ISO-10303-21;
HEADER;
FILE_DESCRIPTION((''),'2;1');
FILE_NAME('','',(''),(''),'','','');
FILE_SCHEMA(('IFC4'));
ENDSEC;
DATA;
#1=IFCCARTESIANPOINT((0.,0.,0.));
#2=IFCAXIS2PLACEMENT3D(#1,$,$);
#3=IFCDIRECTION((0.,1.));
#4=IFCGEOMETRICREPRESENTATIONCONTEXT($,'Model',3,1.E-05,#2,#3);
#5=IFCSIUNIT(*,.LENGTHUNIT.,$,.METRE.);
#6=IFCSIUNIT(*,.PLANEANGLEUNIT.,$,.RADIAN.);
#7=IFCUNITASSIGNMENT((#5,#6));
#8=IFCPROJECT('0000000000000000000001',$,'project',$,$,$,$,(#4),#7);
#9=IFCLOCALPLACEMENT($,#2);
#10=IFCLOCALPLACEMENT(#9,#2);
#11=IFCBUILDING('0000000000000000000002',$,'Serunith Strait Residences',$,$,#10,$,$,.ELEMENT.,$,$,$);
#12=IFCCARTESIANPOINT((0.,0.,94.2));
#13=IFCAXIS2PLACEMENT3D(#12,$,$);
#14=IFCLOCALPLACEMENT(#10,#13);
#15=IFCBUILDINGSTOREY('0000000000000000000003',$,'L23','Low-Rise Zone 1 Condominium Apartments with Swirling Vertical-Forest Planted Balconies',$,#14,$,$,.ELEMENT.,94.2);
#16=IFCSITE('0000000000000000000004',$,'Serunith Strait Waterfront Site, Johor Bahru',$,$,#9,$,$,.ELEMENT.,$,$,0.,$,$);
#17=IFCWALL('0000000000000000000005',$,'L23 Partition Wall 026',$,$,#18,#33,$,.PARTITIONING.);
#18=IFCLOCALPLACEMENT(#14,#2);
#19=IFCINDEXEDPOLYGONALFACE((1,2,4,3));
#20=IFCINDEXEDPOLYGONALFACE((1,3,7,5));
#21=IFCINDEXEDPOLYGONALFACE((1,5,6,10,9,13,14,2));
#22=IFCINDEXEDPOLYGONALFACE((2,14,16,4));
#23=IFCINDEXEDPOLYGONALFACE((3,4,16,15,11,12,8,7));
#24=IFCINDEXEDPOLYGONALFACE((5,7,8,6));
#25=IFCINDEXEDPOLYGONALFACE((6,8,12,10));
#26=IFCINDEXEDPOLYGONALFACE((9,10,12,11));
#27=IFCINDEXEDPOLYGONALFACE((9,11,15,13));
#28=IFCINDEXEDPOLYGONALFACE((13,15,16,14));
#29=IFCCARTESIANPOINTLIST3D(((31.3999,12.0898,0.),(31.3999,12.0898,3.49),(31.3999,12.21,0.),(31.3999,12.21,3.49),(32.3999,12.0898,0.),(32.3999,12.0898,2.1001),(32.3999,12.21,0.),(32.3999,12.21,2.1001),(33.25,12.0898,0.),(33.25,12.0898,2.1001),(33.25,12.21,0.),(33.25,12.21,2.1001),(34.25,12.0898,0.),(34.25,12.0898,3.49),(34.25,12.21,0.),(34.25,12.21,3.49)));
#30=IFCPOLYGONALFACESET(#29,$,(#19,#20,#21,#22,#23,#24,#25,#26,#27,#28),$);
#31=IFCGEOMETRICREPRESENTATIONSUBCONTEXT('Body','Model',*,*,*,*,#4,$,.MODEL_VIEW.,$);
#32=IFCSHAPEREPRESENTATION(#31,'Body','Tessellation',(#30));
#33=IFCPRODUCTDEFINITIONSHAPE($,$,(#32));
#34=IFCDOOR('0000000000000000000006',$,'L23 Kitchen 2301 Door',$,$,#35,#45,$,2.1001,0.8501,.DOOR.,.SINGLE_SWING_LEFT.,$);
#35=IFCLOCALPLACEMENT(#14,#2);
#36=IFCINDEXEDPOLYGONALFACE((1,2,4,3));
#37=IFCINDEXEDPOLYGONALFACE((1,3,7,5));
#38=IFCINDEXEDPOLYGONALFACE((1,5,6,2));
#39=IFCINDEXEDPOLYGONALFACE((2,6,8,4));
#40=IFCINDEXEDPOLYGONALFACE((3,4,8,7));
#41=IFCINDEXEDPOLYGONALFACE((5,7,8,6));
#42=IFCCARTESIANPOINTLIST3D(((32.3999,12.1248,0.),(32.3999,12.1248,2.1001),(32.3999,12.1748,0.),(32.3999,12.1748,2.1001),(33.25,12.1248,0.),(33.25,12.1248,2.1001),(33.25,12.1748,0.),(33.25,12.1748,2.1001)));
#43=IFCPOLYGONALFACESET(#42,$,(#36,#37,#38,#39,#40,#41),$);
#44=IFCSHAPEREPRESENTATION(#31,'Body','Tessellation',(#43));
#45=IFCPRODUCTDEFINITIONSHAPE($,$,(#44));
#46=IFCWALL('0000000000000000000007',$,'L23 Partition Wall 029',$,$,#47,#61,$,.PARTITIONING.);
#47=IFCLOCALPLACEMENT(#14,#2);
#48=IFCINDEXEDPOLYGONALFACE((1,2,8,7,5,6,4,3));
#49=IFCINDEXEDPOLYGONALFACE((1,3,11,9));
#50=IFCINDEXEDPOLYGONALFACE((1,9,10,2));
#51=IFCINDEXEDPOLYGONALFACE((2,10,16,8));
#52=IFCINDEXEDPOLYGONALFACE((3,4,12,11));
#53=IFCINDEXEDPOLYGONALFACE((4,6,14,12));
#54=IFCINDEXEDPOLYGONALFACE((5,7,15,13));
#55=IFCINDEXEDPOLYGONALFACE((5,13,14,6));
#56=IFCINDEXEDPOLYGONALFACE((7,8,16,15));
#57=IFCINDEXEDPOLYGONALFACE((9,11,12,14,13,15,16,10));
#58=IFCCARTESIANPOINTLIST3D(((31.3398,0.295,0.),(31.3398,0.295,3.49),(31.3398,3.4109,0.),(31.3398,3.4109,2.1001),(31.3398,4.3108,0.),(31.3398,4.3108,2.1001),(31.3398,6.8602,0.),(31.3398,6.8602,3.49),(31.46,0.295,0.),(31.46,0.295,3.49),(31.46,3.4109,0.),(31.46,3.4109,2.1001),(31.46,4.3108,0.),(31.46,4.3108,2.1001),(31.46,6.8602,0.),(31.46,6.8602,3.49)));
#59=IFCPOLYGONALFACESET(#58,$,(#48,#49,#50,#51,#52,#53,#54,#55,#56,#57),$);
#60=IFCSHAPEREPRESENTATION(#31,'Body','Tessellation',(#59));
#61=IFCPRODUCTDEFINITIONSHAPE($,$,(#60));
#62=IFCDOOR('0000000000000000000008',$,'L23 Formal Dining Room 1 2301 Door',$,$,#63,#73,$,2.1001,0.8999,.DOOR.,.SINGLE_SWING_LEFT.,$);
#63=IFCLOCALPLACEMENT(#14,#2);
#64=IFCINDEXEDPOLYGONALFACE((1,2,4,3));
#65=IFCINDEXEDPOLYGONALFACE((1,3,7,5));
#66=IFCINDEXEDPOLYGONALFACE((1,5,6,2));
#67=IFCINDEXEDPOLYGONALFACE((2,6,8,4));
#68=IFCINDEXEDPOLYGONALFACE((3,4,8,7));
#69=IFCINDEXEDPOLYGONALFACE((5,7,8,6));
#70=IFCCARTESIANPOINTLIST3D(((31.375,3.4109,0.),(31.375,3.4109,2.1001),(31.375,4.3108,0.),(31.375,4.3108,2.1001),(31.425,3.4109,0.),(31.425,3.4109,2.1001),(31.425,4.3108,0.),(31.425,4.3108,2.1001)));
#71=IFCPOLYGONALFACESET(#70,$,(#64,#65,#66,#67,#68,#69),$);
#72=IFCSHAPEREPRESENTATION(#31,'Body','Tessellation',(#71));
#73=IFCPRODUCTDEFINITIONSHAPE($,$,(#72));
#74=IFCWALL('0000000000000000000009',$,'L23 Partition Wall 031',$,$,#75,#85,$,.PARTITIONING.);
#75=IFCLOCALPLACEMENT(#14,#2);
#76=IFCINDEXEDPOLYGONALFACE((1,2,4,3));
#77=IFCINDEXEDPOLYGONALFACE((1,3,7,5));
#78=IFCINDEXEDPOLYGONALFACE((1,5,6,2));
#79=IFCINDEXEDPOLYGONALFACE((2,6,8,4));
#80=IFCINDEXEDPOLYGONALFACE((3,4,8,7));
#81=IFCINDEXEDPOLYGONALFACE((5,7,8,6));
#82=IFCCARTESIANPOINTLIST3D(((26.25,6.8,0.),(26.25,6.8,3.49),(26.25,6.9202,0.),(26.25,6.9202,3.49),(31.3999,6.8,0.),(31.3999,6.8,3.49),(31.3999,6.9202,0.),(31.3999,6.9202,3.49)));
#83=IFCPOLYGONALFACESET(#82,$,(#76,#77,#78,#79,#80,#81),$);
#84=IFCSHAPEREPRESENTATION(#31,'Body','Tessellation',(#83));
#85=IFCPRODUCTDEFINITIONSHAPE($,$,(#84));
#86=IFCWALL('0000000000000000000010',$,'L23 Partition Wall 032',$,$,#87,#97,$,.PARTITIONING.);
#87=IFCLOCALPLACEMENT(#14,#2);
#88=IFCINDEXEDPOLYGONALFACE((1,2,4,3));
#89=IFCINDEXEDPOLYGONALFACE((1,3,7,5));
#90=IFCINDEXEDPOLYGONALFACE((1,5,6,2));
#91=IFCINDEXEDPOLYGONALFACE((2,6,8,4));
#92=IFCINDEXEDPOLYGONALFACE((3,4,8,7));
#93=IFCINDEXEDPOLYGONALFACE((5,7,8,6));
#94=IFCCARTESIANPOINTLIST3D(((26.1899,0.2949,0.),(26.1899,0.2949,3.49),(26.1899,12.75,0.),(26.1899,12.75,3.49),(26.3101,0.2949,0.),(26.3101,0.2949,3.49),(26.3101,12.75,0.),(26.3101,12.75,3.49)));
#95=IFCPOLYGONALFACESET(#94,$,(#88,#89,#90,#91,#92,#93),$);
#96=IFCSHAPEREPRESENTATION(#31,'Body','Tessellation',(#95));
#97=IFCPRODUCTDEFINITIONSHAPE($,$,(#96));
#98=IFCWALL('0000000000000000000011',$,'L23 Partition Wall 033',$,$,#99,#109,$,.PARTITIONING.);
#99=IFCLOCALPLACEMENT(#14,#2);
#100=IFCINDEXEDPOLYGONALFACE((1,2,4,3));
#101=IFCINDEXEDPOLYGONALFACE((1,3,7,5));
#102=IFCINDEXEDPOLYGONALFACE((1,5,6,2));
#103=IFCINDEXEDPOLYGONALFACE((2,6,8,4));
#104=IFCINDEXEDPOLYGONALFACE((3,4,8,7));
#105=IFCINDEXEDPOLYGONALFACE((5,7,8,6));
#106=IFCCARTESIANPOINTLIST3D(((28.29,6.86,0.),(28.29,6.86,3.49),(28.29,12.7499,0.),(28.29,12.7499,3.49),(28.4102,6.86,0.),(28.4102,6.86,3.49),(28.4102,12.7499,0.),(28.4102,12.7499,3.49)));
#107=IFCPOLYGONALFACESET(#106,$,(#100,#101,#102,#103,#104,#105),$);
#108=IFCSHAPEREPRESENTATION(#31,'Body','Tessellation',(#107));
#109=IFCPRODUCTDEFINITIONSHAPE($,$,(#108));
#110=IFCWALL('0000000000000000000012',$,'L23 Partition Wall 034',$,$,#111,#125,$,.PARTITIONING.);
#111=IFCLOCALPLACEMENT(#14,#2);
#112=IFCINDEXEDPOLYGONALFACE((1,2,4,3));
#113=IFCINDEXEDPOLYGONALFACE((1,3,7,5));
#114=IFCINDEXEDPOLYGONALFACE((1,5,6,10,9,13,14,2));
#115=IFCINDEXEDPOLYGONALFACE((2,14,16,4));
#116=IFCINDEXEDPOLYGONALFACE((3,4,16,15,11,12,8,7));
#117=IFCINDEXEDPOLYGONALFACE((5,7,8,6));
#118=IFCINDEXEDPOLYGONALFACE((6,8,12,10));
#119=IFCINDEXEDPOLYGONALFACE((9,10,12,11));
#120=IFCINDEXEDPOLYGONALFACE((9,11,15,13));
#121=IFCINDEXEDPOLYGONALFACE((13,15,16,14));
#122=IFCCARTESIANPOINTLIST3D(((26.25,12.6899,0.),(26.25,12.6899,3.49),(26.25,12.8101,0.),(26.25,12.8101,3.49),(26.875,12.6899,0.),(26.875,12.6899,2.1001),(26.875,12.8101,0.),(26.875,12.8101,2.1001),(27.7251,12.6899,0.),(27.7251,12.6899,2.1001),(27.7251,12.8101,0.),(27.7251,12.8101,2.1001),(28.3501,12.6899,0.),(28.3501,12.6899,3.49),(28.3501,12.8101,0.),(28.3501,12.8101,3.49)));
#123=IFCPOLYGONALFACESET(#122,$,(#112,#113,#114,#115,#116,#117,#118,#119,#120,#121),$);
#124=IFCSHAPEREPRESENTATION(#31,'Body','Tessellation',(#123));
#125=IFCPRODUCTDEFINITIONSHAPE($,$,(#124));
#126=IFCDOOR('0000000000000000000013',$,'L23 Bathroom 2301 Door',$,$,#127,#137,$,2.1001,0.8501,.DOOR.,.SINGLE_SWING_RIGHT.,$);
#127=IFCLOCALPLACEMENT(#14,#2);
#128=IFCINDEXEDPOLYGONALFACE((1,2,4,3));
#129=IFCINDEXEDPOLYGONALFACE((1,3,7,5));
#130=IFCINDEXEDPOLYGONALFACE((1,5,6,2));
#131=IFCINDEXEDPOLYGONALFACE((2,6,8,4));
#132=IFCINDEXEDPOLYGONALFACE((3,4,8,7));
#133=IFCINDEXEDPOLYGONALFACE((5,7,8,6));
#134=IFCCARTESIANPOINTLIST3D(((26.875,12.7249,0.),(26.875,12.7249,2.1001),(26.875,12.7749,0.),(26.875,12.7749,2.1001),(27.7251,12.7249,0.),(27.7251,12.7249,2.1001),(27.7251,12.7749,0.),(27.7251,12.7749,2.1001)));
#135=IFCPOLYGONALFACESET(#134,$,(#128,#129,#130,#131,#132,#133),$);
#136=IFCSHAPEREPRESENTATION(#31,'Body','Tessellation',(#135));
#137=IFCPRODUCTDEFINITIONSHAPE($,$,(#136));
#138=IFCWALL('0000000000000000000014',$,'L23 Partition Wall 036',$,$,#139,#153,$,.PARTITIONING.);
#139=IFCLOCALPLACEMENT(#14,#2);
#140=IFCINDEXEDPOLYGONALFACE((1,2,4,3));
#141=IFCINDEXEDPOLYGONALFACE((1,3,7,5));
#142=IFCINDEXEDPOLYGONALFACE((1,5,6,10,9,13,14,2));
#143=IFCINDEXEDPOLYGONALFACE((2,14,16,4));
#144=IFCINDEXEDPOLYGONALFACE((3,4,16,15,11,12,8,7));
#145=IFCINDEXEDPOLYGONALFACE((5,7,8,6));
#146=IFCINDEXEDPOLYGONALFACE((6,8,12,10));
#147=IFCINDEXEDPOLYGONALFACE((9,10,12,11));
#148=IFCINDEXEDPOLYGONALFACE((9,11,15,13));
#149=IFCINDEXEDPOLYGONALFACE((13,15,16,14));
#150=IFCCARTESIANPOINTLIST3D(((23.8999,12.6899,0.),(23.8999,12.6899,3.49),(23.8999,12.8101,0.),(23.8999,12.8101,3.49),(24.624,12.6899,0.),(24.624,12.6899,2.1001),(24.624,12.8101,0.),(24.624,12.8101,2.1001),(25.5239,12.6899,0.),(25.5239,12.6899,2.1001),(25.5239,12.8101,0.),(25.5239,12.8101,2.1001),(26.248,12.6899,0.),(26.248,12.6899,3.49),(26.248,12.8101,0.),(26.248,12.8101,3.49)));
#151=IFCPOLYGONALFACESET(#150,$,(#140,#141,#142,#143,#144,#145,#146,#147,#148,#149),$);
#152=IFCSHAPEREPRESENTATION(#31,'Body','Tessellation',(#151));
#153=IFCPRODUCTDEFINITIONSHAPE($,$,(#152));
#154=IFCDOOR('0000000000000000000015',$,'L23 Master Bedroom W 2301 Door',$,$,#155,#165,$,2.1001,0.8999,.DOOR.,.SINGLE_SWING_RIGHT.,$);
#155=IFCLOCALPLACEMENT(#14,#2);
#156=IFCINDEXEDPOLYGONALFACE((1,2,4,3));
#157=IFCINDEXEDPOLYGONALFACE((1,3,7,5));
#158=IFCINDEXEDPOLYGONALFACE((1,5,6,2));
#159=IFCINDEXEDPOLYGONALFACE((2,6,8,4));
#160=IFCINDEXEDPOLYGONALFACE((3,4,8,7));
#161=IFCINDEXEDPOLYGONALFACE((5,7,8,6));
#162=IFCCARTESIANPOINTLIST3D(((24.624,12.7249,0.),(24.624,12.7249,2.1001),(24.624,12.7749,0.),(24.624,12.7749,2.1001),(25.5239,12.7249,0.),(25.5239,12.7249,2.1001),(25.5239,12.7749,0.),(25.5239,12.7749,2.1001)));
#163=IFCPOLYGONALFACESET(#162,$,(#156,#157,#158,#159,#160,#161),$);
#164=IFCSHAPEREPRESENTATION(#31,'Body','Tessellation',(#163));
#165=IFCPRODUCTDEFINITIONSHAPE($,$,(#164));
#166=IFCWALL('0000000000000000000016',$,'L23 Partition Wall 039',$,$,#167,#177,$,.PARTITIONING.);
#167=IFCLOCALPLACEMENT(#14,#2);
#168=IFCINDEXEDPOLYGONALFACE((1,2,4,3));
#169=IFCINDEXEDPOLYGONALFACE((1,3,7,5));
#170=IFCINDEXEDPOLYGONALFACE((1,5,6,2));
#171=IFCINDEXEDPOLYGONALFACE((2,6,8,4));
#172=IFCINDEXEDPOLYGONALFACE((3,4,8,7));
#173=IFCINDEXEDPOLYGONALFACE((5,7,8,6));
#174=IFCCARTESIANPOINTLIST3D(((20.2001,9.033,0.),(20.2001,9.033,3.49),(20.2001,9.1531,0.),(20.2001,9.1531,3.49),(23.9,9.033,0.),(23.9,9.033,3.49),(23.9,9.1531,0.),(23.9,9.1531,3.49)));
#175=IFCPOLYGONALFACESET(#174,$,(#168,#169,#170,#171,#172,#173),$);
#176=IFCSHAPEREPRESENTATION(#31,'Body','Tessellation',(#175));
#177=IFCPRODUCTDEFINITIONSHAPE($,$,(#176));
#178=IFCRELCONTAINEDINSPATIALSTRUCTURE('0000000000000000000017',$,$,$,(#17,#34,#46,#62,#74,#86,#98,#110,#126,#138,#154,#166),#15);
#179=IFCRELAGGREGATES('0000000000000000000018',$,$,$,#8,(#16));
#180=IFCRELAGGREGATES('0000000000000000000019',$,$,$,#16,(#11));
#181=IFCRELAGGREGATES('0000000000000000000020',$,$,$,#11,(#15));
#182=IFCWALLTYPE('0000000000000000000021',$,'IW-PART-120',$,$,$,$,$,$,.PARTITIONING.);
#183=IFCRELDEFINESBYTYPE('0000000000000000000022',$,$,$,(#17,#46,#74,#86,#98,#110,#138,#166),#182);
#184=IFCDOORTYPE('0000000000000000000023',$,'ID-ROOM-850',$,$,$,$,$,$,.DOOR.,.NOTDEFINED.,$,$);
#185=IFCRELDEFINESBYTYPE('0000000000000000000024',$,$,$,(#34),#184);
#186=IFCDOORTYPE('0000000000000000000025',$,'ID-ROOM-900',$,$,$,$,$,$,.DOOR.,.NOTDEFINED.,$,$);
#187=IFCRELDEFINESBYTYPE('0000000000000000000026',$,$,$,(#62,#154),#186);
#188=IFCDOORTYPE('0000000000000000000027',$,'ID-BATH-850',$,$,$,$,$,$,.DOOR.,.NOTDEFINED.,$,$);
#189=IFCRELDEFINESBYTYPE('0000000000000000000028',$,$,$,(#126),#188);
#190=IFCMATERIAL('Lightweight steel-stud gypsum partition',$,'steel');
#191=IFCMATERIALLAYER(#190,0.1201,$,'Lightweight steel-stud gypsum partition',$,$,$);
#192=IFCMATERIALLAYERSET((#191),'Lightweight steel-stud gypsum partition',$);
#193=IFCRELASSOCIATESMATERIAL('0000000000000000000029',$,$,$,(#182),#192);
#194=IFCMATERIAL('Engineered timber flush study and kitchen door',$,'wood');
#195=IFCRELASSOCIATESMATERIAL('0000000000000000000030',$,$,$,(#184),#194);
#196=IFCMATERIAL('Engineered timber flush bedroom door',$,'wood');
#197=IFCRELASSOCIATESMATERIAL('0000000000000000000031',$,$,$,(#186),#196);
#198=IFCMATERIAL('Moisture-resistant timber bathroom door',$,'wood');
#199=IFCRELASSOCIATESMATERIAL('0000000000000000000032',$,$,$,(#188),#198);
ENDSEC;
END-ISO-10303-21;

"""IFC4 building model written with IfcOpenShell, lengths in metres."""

from ifc_helpers import new_model, si_unit, direction, frame, frame_2d, origin, place, context, subcontext, project, spatial, rectangle, extrude, source, transform, mapped, material, layer, layer_set, type_object, element, fill, save


model = new_model("IFC4")

# Units and contexts
model_context = context("Model", 3, precision=1e-05, world=origin(), true_north=direction((0.0, 1.0)))
body_context = subcontext(model_context, "Body", "Model", "MODEL_VIEW")
ifc_project = project(units=[si_unit("LENGTHUNIT", "METRE"), si_unit("PLANEANGLEUNIT", "RADIAN")], contexts=[model_context])

# Site, building, storey
site_placement = place(None, origin())
site = spatial("IfcSite", under=ifc_project, at=site_placement, Name="Serunith Strait Waterfront Site, Johor Bahru", CompositionType="ELEMENT", RefElevation=0.0)
building_placement = place(site_placement, origin())
building = spatial("IfcBuilding", under=site, at=building_placement, Name="Serunith Strait Residences", CompositionType="ELEMENT")
storey_placement = place(building_placement, frame((0.0, 0.0, 94.2)))
storey = spatial("IfcBuildingStorey", under=building, at=storey_placement, Name="L23", Description="Low-Rise Zone 1 Condominium Apartments with Swirling Vertical-Forest Planted Balconies", CompositionType="ELEMENT", Elevation=94.2)

# Walls, openings, doors
ifc_material_1 = material(Name="Lightweight steel-stud gypsum partition", Category="steel")
ifc_layer_1 = layer(ifc_material_1, 0.1201, Name="Lightweight steel-stud gypsum partition")
ifc_layer_set_1 = layer_set([ifc_layer_1], Name="Lightweight steel-stud gypsum partition")
wall_type = type_object("IfcWallType", Name="IW-PART-120", PredefinedType="PARTITIONING", material=ifc_layer_set_1)
wall_1_placement = place(storey_placement, frame((31.3999, 12.1499, 0.0), z_axis=(0.0, 0.0, 1.0), x_axis=(1.0, 0.0, 0.0)))
wall_1 = element("IfcWall", 1, at=wall_1_placement, inside=storey, type_object=wall_type, Name="L23 Partition Wall 026", PredefinedType="PARTITIONING", context=body_context, shape_type="SweptSolid", body=[
    extrude(rectangle(XDim=2.8501, YDim=0.1201, at=frame_2d((1.425, 0.0))), origin(), (0.0, 0.0, 1.0), 3.49),
])
opening_1_placement = place(wall_1_placement, frame((1.0, 0.0, 0.0)))
opening_1 = element("IfcOpeningElement", 2, at=opening_1_placement, cuts=wall_1, PredefinedType="OPENING", context=body_context, shape_type="SweptSolid", body=[
    extrude(rectangle(XDim=0.8501, YDim=2.1001, at=frame_2d((0.425, 1.05))), frame((0.0, 0.0701, 0.0), z_axis=(0.0, -1.0, 0.0), x_axis=(1.0, 0.0, 0.0)), (0.0, 0.0, 1.0), 0.1401),
])
ifc_material_2 = material(Name="Engineered timber flush study and kitchen door", Category="wood")
door_type_1 = type_object("IfcDoorType", Name="ID-ROOM-850", OperationType="NOTDEFINED", PredefinedType="DOOR", material=ifc_material_2)
shared_shape_1 = source(origin(), body_context, "Body", "SweptSolid", [
    extrude(rectangle(XDim=0.8501, YDim=2.1001, at=frame_2d((0.425, 1.05))), frame((0.0, 0.0249, 0.0), z_axis=(0.0, -1.0, 0.0), x_axis=(1.0, 0.0, 0.0)), (0.0, 0.0, 1.0), 0.05),
])
door_1_placement = place(opening_1_placement, origin())
door_1 = element("IfcDoor", 3, at=door_1_placement, inside=storey, type_object=door_type_1, Name="L23 Kitchen 2301 Door", OperationType="SINGLE_SWING_LEFT", OverallHeight=2.1001, OverallWidth=0.8501, PredefinedType="DOOR", context=body_context, shape_type="MappedRepresentation", body=[
    mapped(shared_shape_1, transform((0.0, 0.0, 0.0), scale=1.0)),
])
fill(opening_1, door_1)
wall_2_placement = place(storey_placement, frame((31.3999, 0.2949, 0.0), z_axis=(0.0, 0.0, 1.0), x_axis=(0.0, 1.0, 0.0)))
wall_2 = element("IfcWall", 4, at=wall_2_placement, inside=storey, type_object=wall_type, Name="L23 Partition Wall 029", PredefinedType="PARTITIONING", context=body_context, shape_type="SweptSolid", body=[
    extrude(rectangle(XDim=6.5652, YDim=0.1201, at=frame_2d((3.2827, 0.0))), origin(), (0.0, 0.0, 1.0), 3.49),
])
opening_2_placement = place(wall_2_placement, frame((3.116, 0.0, 0.0)))
opening_2 = element("IfcOpeningElement", 5, at=opening_2_placement, cuts=wall_2, PredefinedType="OPENING", context=body_context, shape_type="SweptSolid", body=[
    extrude(rectangle(XDim=0.8999, YDim=2.1001, at=frame_2d((0.45, 1.05))), frame((0.0, 0.0701, 0.0), z_axis=(0.0, -1.0, 0.0), x_axis=(1.0, 0.0, 0.0)), (0.0, 0.0, 1.0), 0.1401),
])
ifc_material_3 = material(Name="Engineered timber flush bedroom door", Category="wood")
door_type_2 = type_object("IfcDoorType", Name="ID-ROOM-900", OperationType="NOTDEFINED", PredefinedType="DOOR", material=ifc_material_3)
shared_shape_2 = source(origin(), body_context, "Body", "SweptSolid", [
    extrude(rectangle(XDim=0.8999, YDim=2.1001, at=frame_2d((0.45, 1.05))), frame((0.0, 0.0249, 0.0), z_axis=(0.0, -1.0, 0.0), x_axis=(1.0, 0.0, 0.0)), (0.0, 0.0, 1.0), 0.05),
])
door_2_placement = place(opening_2_placement, origin())
door_2 = element("IfcDoor", 6, at=door_2_placement, inside=storey, type_object=door_type_2, Name="L23 Formal Dining Room 1 2301 Door", OperationType="SINGLE_SWING_LEFT", OverallHeight=2.1001, OverallWidth=0.8999, PredefinedType="DOOR", context=body_context, shape_type="MappedRepresentation", body=[
    mapped(shared_shape_2, transform((0.0, 0.0, 0.0), scale=1.0)),
])
fill(opening_2, door_2)

# Walls
wall_3_placement = place(storey_placement, frame((26.25, 6.8601, 0.0), z_axis=(0.0, 0.0, 1.0), x_axis=(1.0, 0.0, 0.0)))
element("IfcWall", 7, at=wall_3_placement, inside=storey, type_object=wall_type, Name="L23 Partition Wall 031", PredefinedType="PARTITIONING", context=body_context, shape_type="SweptSolid", body=[
    extrude(rectangle(XDim=5.1499, YDim=0.1201, at=frame_2d((2.575, 0.0))), origin(), (0.0, 0.0, 1.0), 3.49),
])
wall_4_placement = place(storey_placement, frame((26.25, 0.2949, 0.0), z_axis=(0.0, 0.0, 1.0), x_axis=(0.0, 1.0, 0.0)))
element("IfcWall", 8, at=wall_4_placement, inside=storey, type_object=wall_type, Name="L23 Partition Wall 032", PredefinedType="PARTITIONING", context=body_context, shape_type="SweptSolid", body=[
    extrude(rectangle(XDim=12.4551, YDim=0.1201, at=frame_2d((6.2275, 0.0))), origin(), (0.0, 0.0, 1.0), 3.49),
])
wall_5_placement = place(storey_placement, frame((28.3501, 6.8601, 0.0), z_axis=(0.0, 0.0, 1.0), x_axis=(0.0, 1.0, 0.0)))
element("IfcWall", 9, at=wall_5_placement, inside=storey, type_object=wall_type, Name="L23 Partition Wall 033", PredefinedType="PARTITIONING", context=body_context, shape_type="SweptSolid", body=[
    extrude(rectangle(XDim=5.8899, YDim=0.1201, at=frame_2d((2.9448, 0.0))), origin(), (0.0, 0.0, 1.0), 3.49),
])

# Walls, openings, doors
wall_6_placement = place(storey_placement, frame((26.25, 12.75, 0.0), z_axis=(0.0, 0.0, 1.0), x_axis=(1.0, 0.0, 0.0)))
wall_6 = element("IfcWall", 10, at=wall_6_placement, inside=storey, type_object=wall_type, Name="L23 Partition Wall 034", PredefinedType="PARTITIONING", context=body_context, shape_type="SweptSolid", body=[
    extrude(rectangle(XDim=2.1001, YDim=0.1201, at=frame_2d((1.05, 0.0))), origin(), (0.0, 0.0, 1.0), 3.49),
])
opening_3_placement = place(wall_6_placement, frame((0.625, 0.0, 0.0)))
opening_3 = element("IfcOpeningElement", 11, at=opening_3_placement, cuts=wall_6, PredefinedType="OPENING", context=body_context, shape_type="SweptSolid", body=[
    extrude(rectangle(XDim=0.8501, YDim=2.1001, at=frame_2d((0.425, 1.05))), frame((0.0, 0.0701, 0.0), z_axis=(0.0, -1.0, 0.0), x_axis=(1.0, 0.0, 0.0)), (0.0, 0.0, 1.0), 0.1401),
])
ifc_material_4 = material(Name="Moisture-resistant timber bathroom door", Category="wood")
door_type_3 = type_object("IfcDoorType", Name="ID-BATH-850", OperationType="NOTDEFINED", PredefinedType="DOOR", material=ifc_material_4)
door_3_placement = place(opening_3_placement, origin())
door_3 = element("IfcDoor", 12, at=door_3_placement, inside=storey, type_object=door_type_3, Name="L23 Bathroom 2301 Door", OperationType="SINGLE_SWING_RIGHT", OverallHeight=2.1001, OverallWidth=0.8501, PredefinedType="DOOR", context=body_context, shape_type="MappedRepresentation", body=[
    mapped(shared_shape_1, transform((0.0, 0.0, 0.0), scale=1.0)),
])
fill(opening_3, door_3)
wall_7_placement = place(storey_placement, frame((23.8999, 12.75, 0.0), z_axis=(0.0, 0.0, 1.0), x_axis=(1.0, 0.0, 0.0)))
wall_7 = element("IfcWall", 13, at=wall_7_placement, inside=storey, type_object=wall_type, Name="L23 Partition Wall 036", PredefinedType="PARTITIONING", context=body_context, shape_type="SweptSolid", body=[
    extrude(rectangle(XDim=2.3481, YDim=0.1201, at=frame_2d((1.1741, 0.0))), origin(), (0.0, 0.0, 1.0), 3.49),
])
opening_4_placement = place(wall_7_placement, frame((0.7241, 0.0, 0.0)))
opening_4 = element("IfcOpeningElement", 14, at=opening_4_placement, cuts=wall_7, PredefinedType="OPENING", context=body_context, shape_type="SweptSolid", body=[
    extrude(rectangle(XDim=0.8999, YDim=2.1001, at=frame_2d((0.45, 1.05))), frame((0.0, 0.0701, 0.0), z_axis=(0.0, -1.0, 0.0), x_axis=(1.0, 0.0, 0.0)), (0.0, 0.0, 1.0), 0.1401),
])
door_4_placement = place(opening_4_placement, origin())
door_4 = element("IfcDoor", 15, at=door_4_placement, inside=storey, type_object=door_type_2, Name="L23 Master Bedroom W 2301 Door", OperationType="SINGLE_SWING_RIGHT", OverallHeight=2.1001, OverallWidth=0.8999, PredefinedType="DOOR", context=body_context, shape_type="MappedRepresentation", body=[
    mapped(shared_shape_2, transform((0.0, 0.0, 0.0), scale=1.0)),
])
fill(opening_4, door_4)

# Wall
wall_8_placement = place(storey_placement, frame((20.2, 9.093, 0.0), z_axis=(0.0, 0.0, 1.0), x_axis=(1.0, 0.0, 0.0)))
element("IfcWall", 16, at=wall_8_placement, inside=storey, type_object=wall_type, Name="L23 Partition Wall 039", PredefinedType="PARTITIONING", context=body_context, shape_type="SweptSolid", body=[
    extrude(rectangle(XDim=3.7, YDim=0.1201, at=frame_2d((1.8501, 0.0))), origin(), (0.0, 0.0, 1.0), 3.49),
])

save(model, "model.ifc")
